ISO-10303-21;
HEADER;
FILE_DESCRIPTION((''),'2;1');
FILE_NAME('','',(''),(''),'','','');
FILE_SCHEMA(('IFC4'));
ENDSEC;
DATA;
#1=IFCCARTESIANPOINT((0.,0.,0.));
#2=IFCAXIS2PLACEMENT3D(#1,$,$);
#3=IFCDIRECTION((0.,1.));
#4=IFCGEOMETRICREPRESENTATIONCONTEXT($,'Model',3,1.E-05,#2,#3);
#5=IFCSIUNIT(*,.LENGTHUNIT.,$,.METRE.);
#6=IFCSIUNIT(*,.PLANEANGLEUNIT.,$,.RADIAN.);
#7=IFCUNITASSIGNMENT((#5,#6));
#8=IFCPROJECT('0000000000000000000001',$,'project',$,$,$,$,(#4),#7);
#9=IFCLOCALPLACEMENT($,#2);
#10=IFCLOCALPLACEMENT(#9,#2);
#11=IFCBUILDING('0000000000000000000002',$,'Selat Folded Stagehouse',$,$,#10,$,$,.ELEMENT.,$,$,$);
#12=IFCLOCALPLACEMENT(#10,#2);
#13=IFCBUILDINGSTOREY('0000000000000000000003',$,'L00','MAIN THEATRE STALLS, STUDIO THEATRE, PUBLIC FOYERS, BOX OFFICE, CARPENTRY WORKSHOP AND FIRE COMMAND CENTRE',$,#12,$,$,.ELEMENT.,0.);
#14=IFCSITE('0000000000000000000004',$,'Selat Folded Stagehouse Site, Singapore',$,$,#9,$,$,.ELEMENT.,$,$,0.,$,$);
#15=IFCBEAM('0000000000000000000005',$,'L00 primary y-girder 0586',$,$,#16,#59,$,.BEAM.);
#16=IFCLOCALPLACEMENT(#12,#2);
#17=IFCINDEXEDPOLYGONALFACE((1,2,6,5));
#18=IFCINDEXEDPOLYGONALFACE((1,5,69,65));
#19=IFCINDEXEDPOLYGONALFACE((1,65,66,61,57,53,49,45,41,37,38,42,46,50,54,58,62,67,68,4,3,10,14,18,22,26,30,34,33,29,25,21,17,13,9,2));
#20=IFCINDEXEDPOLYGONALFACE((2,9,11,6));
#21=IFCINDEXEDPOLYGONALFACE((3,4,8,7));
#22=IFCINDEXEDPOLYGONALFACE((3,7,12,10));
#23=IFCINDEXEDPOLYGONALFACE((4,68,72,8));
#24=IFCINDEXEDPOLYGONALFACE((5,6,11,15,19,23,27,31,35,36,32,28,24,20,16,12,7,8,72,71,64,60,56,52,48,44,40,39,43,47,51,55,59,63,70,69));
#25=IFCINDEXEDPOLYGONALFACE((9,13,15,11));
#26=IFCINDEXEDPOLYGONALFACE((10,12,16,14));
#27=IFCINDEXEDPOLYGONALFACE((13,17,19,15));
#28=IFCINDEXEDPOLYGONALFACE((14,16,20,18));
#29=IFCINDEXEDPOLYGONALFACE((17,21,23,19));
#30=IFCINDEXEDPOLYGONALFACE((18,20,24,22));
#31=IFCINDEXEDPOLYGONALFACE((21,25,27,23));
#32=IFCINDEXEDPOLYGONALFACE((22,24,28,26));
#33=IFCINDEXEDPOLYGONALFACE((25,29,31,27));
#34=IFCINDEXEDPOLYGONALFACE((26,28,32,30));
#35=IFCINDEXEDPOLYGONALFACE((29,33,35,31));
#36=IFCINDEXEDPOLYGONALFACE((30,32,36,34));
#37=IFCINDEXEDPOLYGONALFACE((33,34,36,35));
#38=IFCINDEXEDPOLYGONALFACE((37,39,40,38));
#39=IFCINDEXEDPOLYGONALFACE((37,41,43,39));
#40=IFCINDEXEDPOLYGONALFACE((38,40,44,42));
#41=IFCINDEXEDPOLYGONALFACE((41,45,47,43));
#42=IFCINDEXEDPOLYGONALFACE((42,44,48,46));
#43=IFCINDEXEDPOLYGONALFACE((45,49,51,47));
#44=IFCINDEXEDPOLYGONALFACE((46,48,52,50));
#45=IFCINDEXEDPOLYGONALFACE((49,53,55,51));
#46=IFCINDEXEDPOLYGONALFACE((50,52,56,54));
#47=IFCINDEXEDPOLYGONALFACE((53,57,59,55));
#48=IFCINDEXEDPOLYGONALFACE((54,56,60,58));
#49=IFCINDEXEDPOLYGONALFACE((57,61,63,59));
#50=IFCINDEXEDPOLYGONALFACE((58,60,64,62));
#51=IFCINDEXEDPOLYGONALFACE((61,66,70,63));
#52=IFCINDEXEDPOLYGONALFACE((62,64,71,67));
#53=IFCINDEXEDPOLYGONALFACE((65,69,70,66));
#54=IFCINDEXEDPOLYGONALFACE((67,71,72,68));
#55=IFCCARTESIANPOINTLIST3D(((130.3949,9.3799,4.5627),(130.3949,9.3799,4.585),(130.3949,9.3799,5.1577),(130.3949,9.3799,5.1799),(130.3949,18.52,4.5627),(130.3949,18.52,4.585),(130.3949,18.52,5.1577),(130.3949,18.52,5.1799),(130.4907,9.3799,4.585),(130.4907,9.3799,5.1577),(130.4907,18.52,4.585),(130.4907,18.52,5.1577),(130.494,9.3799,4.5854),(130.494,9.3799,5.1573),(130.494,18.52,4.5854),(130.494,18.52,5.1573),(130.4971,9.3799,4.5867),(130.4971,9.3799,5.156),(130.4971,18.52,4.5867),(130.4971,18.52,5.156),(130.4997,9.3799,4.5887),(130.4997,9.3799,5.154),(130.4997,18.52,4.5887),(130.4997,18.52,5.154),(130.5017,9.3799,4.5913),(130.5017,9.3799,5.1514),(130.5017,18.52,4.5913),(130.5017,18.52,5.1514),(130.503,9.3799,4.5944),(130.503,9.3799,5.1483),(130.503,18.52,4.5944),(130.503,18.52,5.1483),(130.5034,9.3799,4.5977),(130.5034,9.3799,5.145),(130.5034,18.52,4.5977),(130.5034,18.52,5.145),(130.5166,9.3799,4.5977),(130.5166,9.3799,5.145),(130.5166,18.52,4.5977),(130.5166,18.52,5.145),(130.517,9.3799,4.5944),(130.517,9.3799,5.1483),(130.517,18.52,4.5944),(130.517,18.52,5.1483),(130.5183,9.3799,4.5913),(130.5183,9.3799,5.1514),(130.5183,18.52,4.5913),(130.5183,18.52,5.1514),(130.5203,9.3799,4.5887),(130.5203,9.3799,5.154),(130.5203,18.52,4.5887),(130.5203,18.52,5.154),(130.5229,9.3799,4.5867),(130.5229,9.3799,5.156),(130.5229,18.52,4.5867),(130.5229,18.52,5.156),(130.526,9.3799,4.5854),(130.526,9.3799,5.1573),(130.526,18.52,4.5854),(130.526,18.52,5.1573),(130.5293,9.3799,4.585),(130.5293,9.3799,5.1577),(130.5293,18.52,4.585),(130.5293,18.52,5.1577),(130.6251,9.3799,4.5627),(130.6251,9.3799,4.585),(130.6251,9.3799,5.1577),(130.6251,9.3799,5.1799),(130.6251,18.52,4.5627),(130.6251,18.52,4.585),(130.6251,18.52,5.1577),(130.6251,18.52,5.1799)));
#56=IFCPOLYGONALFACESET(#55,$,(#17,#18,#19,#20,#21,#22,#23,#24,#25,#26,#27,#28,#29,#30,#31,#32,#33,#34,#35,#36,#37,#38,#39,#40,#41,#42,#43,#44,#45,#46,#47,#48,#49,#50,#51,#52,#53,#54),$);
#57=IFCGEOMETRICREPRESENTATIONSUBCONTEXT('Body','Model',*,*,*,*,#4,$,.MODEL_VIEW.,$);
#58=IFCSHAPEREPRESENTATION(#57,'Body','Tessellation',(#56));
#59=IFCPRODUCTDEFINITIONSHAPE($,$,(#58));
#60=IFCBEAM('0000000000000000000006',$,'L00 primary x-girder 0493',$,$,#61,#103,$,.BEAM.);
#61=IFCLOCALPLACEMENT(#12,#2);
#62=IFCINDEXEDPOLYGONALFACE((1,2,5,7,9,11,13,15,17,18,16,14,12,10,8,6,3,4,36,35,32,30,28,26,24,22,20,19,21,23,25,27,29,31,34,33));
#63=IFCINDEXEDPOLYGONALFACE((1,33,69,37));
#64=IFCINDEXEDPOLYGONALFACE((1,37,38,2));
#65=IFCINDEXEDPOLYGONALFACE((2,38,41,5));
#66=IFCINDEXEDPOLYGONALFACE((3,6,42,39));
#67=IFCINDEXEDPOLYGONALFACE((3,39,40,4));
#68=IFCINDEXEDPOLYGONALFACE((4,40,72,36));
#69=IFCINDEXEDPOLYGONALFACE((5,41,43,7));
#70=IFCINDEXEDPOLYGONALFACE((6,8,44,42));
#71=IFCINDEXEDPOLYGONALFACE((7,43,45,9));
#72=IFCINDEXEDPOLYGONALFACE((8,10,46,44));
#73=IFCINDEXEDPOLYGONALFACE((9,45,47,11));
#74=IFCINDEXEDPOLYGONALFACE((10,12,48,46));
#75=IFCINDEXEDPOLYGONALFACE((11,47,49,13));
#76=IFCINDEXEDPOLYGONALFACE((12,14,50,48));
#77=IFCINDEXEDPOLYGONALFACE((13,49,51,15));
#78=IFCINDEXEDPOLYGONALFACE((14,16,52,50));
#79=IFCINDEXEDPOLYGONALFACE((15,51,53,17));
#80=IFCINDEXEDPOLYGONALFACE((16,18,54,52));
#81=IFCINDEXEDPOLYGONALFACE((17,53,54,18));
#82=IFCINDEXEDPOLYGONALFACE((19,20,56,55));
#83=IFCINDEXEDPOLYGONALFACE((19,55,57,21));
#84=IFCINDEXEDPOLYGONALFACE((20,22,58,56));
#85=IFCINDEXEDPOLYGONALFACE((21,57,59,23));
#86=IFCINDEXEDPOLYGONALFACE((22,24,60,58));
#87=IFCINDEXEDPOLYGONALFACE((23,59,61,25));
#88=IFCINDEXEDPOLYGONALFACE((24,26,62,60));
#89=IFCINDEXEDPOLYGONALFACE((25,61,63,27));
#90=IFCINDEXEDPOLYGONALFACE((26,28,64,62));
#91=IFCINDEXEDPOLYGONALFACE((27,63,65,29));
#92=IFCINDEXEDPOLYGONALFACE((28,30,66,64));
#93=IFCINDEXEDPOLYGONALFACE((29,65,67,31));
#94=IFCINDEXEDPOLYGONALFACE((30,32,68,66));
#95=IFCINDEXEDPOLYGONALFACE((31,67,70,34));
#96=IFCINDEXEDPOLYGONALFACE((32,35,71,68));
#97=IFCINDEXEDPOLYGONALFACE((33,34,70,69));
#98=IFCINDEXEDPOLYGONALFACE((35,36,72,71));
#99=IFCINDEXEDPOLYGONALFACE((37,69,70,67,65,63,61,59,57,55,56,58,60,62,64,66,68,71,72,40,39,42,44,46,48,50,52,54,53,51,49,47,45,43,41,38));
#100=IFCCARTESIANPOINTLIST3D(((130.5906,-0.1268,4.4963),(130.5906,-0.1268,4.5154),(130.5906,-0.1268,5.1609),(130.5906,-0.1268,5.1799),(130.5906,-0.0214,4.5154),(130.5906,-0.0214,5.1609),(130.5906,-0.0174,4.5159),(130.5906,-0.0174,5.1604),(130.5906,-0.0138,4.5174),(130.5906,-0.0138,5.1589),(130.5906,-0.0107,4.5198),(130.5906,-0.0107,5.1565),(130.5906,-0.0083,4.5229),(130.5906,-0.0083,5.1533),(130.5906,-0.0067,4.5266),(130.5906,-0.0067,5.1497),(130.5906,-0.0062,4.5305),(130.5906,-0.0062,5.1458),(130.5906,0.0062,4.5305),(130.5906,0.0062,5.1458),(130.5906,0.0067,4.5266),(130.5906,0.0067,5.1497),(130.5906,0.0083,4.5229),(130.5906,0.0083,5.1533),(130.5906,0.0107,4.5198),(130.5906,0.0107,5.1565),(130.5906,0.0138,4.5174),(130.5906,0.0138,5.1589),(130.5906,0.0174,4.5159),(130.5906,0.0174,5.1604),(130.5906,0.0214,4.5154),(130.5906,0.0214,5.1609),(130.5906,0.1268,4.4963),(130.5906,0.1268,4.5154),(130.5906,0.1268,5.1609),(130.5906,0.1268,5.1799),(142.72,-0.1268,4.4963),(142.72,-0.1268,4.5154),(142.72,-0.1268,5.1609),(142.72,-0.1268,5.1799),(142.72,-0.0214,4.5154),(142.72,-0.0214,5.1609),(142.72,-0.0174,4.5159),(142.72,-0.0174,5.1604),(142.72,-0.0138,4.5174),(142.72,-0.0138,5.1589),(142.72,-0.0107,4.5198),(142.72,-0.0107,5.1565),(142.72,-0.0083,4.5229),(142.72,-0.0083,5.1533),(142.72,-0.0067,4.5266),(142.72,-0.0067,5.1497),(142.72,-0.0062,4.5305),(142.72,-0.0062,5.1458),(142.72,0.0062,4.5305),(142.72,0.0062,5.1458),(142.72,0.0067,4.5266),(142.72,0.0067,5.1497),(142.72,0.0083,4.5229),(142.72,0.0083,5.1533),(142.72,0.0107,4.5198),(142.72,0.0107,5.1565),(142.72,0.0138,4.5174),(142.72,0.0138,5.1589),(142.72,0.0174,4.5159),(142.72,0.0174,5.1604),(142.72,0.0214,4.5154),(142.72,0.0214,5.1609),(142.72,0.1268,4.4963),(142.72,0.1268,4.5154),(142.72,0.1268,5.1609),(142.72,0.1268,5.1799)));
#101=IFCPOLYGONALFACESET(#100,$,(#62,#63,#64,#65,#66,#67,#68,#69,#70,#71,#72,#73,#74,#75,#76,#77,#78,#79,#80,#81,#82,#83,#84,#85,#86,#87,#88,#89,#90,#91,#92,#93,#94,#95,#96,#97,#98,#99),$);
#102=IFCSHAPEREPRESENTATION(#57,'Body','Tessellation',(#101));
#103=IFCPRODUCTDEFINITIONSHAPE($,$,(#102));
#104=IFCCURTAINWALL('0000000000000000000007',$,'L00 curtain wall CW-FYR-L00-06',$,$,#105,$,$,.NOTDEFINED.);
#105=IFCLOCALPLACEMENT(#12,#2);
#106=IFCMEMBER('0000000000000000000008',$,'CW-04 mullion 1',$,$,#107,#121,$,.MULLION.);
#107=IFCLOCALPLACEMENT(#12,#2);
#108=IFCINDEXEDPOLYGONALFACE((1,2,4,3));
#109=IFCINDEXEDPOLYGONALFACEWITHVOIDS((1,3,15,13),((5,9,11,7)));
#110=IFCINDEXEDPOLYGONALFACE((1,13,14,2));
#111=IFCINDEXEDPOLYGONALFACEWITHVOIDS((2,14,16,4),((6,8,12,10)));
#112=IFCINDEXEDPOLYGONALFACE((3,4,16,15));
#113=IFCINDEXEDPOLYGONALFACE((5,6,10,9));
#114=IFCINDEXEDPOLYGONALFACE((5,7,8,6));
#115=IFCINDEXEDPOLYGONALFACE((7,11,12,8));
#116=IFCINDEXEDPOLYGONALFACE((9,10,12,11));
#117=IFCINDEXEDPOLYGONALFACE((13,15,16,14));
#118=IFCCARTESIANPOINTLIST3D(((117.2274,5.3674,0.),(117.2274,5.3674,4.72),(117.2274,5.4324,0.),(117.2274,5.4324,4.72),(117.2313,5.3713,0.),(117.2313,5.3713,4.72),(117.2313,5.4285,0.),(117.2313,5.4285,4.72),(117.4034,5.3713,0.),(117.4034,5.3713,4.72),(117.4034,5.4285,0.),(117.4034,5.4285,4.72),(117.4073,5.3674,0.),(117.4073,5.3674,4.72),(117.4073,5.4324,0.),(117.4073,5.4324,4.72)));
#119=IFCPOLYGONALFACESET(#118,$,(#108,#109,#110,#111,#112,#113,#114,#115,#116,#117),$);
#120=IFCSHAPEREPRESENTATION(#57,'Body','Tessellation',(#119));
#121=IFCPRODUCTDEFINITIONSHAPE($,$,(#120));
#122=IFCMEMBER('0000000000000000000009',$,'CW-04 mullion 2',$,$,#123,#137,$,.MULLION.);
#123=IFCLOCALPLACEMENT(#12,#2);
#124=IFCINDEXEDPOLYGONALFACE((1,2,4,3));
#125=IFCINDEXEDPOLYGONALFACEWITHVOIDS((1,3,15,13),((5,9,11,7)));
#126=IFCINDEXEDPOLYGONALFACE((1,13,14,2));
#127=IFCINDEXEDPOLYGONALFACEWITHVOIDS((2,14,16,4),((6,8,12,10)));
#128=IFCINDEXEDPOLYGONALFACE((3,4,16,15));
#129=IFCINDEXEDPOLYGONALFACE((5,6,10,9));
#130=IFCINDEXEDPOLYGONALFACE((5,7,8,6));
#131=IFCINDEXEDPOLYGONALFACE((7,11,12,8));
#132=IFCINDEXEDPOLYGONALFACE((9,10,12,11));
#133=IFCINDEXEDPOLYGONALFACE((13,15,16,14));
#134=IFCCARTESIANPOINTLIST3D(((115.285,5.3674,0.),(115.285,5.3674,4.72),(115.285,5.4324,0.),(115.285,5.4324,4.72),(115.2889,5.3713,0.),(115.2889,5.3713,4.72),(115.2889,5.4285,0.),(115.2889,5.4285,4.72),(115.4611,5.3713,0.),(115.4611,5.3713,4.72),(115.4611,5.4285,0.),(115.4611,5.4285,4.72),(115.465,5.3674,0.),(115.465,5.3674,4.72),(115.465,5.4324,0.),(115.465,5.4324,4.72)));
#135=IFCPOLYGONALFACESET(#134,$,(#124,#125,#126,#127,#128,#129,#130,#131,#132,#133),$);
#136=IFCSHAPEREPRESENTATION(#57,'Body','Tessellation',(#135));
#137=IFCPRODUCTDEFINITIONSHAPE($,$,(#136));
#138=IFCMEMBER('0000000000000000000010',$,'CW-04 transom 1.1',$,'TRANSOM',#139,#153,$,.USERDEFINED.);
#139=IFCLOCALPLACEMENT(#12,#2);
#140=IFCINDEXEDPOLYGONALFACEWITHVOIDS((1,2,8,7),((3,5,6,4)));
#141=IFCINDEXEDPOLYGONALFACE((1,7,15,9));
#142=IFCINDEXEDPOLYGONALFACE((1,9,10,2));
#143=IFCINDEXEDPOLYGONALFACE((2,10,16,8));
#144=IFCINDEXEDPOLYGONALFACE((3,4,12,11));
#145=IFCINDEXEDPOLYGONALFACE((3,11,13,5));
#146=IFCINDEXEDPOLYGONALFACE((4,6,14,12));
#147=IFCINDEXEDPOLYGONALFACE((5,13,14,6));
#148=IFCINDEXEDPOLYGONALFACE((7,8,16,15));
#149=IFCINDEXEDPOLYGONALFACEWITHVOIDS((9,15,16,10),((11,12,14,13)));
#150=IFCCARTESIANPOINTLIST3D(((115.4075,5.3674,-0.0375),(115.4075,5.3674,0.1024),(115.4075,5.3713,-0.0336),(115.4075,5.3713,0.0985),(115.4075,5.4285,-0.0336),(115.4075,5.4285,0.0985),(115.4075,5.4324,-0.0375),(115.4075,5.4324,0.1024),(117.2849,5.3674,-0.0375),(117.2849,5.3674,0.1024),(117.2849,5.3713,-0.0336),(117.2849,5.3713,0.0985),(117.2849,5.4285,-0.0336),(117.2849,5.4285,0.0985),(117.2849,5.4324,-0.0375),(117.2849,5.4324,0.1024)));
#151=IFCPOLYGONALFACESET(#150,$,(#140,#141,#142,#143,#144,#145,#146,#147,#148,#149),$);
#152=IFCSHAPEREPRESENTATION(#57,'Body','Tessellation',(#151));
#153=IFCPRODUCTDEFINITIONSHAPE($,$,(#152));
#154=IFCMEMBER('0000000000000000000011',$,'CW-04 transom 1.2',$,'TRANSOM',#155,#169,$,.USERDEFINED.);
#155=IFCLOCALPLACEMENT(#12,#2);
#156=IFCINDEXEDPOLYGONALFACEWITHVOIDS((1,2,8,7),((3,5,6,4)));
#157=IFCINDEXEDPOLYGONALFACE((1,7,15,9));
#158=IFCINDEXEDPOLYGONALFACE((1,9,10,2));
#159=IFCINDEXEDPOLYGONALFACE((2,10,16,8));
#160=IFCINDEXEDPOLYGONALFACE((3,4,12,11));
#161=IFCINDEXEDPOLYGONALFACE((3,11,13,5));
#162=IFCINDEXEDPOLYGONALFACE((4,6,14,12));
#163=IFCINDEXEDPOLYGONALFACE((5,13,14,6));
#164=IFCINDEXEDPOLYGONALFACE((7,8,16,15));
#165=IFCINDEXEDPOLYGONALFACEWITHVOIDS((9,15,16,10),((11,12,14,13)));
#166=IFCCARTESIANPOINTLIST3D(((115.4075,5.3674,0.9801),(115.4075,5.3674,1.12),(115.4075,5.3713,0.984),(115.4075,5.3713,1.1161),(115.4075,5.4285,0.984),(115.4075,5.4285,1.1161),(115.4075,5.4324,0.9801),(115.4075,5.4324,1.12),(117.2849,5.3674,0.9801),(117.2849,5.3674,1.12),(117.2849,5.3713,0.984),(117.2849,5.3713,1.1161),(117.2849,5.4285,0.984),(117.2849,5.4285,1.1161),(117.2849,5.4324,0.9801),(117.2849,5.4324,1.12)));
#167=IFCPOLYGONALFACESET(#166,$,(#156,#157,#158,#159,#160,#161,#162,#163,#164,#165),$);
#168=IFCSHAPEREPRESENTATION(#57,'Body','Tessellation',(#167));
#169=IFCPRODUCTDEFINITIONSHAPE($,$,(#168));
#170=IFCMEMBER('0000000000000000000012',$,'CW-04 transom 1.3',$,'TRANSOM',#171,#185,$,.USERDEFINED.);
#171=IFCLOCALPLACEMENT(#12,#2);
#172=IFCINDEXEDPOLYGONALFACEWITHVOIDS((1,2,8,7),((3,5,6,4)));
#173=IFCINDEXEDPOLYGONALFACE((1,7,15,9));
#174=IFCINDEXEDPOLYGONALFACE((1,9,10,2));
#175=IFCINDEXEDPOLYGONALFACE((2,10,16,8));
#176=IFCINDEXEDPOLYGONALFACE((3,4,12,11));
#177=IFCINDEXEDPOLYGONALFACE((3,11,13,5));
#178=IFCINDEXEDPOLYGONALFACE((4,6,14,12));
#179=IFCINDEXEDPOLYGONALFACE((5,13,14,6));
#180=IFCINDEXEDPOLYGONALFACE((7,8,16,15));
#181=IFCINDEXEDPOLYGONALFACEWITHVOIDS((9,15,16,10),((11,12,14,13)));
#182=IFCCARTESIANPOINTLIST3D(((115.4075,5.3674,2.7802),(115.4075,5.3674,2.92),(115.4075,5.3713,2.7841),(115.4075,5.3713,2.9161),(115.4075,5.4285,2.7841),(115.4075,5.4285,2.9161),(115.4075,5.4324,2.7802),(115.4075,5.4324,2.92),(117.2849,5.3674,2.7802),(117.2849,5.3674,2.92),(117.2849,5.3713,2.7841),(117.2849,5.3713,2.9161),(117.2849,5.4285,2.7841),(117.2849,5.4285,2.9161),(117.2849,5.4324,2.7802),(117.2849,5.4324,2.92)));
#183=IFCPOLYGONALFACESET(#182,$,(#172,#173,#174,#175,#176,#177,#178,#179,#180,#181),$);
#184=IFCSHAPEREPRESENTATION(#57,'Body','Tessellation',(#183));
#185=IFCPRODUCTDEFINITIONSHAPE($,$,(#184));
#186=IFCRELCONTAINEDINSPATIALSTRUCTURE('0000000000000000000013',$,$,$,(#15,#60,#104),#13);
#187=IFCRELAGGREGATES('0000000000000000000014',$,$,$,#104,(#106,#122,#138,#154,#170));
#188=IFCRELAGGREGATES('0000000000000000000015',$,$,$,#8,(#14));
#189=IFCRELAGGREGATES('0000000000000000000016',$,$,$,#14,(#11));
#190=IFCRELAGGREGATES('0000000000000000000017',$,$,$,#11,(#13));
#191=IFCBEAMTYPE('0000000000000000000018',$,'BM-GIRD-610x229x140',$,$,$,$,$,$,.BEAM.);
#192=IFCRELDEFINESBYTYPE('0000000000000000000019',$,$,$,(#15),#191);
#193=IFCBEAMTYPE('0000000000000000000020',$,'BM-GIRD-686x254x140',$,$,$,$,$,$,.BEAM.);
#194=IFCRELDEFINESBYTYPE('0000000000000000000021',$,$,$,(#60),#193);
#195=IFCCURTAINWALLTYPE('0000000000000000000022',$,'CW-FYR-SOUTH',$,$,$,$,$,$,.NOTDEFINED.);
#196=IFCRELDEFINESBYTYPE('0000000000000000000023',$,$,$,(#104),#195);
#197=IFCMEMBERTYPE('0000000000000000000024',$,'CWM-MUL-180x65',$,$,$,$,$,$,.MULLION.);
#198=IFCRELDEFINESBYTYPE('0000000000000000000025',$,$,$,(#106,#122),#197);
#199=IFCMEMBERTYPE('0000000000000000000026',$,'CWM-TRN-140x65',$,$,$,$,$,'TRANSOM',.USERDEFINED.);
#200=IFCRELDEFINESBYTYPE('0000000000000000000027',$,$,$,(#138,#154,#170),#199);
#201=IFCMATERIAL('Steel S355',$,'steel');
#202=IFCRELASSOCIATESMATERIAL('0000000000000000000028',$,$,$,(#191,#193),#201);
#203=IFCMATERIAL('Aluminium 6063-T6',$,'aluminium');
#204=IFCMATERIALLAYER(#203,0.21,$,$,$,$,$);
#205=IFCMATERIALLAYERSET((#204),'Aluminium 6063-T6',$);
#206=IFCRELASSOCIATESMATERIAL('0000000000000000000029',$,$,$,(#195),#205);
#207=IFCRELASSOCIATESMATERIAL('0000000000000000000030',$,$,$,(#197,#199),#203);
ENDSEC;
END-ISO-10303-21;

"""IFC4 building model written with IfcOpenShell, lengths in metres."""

from ifc_helpers import new_model, si_unit, direction, frame, origin, origin_2d, place, context, subcontext, project, spatial, hollow_rectangle, i_section, extrude, material, layer, layer_set, material_profile, profile_set, type_object, element, aggregate, save


model = new_model("IFC4")

# Units and contexts
model_context = context("Model", 3, precision=1e-05, world=origin(), true_north=direction((0.0, 1.0)))
body_context = subcontext(model_context, "Body", "Model", "MODEL_VIEW")
ifc_project = project(units=[si_unit("LENGTHUNIT", "METRE"), si_unit("PLANEANGLEUNIT", "RADIAN")], contexts=[model_context])

# Site, building, storey
site_placement = place(None, origin())
site = spatial("IfcSite", under=ifc_project, at=site_placement, Name="Selat Folded Stagehouse Site, Singapore", CompositionType="ELEMENT", RefElevation=0.0)
building_placement = place(site_placement, origin())
building = spatial("IfcBuilding", under=site, at=building_placement, Name="Selat Folded Stagehouse", CompositionType="ELEMENT")
storey_placement = place(building_placement, origin())
storey = spatial("IfcBuildingStorey", under=building, at=storey_placement, Name="L00", Description="MAIN THEATRE STALLS, STUDIO THEATRE, PUBLIC FOYERS, BOX OFFICE, CARPENTRY WORKSHOP AND FIRE COMMAND CENTRE", CompositionType="ELEMENT", Elevation=0.0)

# Shared definitions
ifc_material_1 = material(Name="Steel S355", Category="steel")

# Beams
ifc_material_profile_1 = material_profile(ifc_material_1, i_section(OverallWidth=0.2302, OverallDepth=0.6172, WebThickness=0.0132, FlangeThickness=0.0222, FilletRadius=0.0127, at=origin_2d()), Name="UKB 610x229x140")
ifc_profile_set_1 = profile_set([ifc_material_profile_1], Name="Steel S355")
beam_type_1 = type_object("IfcBeamType", Name="BM-GIRD-610x229x140", PredefinedType="BEAM", material=ifc_profile_set_1)
beam_1_placement = place(storey_placement, frame((130.51, 9.3799, 4.8713), z_axis=(0.0, 1.0, 0.0), x_axis=(-1.0, 0.0, 0.0)))
element("IfcBeam", 1, at=beam_1_placement, inside=storey, type_object=beam_type_1, Name="L00 primary y-girder 0586", PredefinedType="BEAM", context=body_context, shape_type="SweptSolid", body=[
    extrude(i_section(OverallWidth=0.2302, OverallDepth=0.6172, WebThickness=0.0132, FlangeThickness=0.0222, FilletRadius=0.0127, at=origin_2d()), origin(), (0.0, 0.0, 1.0), 9.1401),
])
ifc_material_profile_2 = material_profile(ifc_material_1, i_section(OverallWidth=0.2537, OverallDepth=0.6836, WebThickness=0.0125, FlangeThickness=0.019, FilletRadius=0.0151, at=origin_2d()), Name="UKB 686x254x140")
ifc_profile_set_2 = profile_set([ifc_material_profile_2], Name="Steel S355")
beam_type_2 = type_object("IfcBeamType", Name="BM-GIRD-686x254x140", PredefinedType="BEAM", material=ifc_profile_set_2)
beam_2_placement = place(storey_placement, frame((130.5906, 0.0, 4.8381), z_axis=(1.0, 0.0, 0.0), x_axis=(0.0, 1.0, 0.0)))
element("IfcBeam", 2, at=beam_2_placement, inside=storey, type_object=beam_type_2, Name="L00 primary x-girder 0493", PredefinedType="BEAM", context=body_context, shape_type="SweptSolid", body=[
    extrude(i_section(OverallWidth=0.2537, OverallDepth=0.6836, WebThickness=0.0125, FlangeThickness=0.019, FilletRadius=0.0151, at=origin_2d()), origin(), (0.0, 0.0, 1.0), 12.1294),
])

# Curtain wall, members
ifc_material_2 = material(Name="Aluminium 6063-T6", Category="aluminium")
ifc_layer_1 = layer(ifc_material_2, 0.21)
ifc_layer_set_1 = layer_set([ifc_layer_1], Name="Aluminium 6063-T6")
curtain_wall_type = type_object("IfcCurtainWallType", Name="CW-FYR-SOUTH", PredefinedType="NOTDEFINED", material=ifc_layer_set_1)
curtain_wall_placement = place(storey_placement, origin())
curtain_wall = element("IfcCurtainWall", 3, at=curtain_wall_placement, inside=storey, type_object=curtain_wall_type, Name="L00 curtain wall CW-FYR-L00-06", PredefinedType="NOTDEFINED")
ifc_material_profile_3 = material_profile(ifc_material_2, hollow_rectangle(XDim=0.0649, YDim=0.1799, WallThickness=0.0039, at=origin_2d()), Name="ALU 180x65x4.0")
ifc_profile_set_3 = profile_set([ifc_material_profile_3], Name="Aluminium 6063-T6")
member_type_1 = type_object("IfcMemberType", Name="CWM-MUL-180x65", PredefinedType="MULLION", material=ifc_profile_set_3)
member_1_placement = place(storey_placement, frame((117.3174, 5.3999, 0.0), z_axis=(0.0, 0.0, 1.0), x_axis=(0.0, -1.0, 0.0)))
member_1 = element("IfcMember", 4, at=member_1_placement, type_object=member_type_1, Name="CW-04 mullion 1", PredefinedType="MULLION", context=body_context, shape_type="SweptSolid", body=[
    extrude(hollow_rectangle(XDim=0.0649, YDim=0.1799, WallThickness=0.0039, at=origin_2d()), origin(), (0.0, 0.0, 1.0), 4.72),
])
member_2_placement = place(storey_placement, frame((115.375, 5.3999, 0.0), z_axis=(0.0, 0.0, 1.0), x_axis=(0.0, -1.0, 0.0)))
member_2 = element("IfcMember", 5, at=member_2_placement, type_object=member_type_1, Name="CW-04 mullion 2", PredefinedType="MULLION", context=body_context, shape_type="SweptSolid", body=[
    extrude(hollow_rectangle(XDim=0.0649, YDim=0.1799, WallThickness=0.0039, at=origin_2d()), origin(), (0.0, 0.0, 1.0), 4.72),
])
ifc_material_profile_4 = material_profile(ifc_material_2, hollow_rectangle(XDim=0.0649, YDim=0.1399, WallThickness=0.0039, at=origin_2d()), Name="ALU 140x65x4.0")
ifc_profile_set_4 = profile_set([ifc_material_profile_4], Name="Aluminium 6063-T6")
member_type_2 = type_object("IfcMemberType", Name="CWM-TRN-140x65", ElementType="TRANSOM", PredefinedType="USERDEFINED", material=ifc_profile_set_4)
member_3_placement = place(storey_placement, frame((117.2849, 5.3999, 0.0325), z_axis=(-1.0, 0.0, 0.0), x_axis=(0.0, -1.0, 0.0)))
member_3 = element("IfcMember", 6, at=member_3_placement, type_object=member_type_2, Name="CW-04 transom 1.1", ObjectType="TRANSOM", PredefinedType="USERDEFINED", context=body_context, shape_type="SweptSolid", body=[
    extrude(hollow_rectangle(XDim=0.0649, YDim=0.1399, WallThickness=0.0039, at=origin_2d()), origin(), (0.0, 0.0, 1.0), 1.8774),
])
member_4_placement = place(storey_placement, frame((117.2849, 5.3999, 1.05), z_axis=(-1.0, 0.0, 0.0), x_axis=(0.0, -1.0, 0.0)))
member_4 = element("IfcMember", 7, at=member_4_placement, type_object=member_type_2, Name="CW-04 transom 1.2", ObjectType="TRANSOM", PredefinedType="USERDEFINED", context=body_context, shape_type="SweptSolid", body=[
    extrude(hollow_rectangle(XDim=0.0649, YDim=0.1399, WallThickness=0.0039, at=origin_2d()), origin(), (0.0, 0.0, 1.0), 1.8774),
])
member_5_placement = place(storey_placement, frame((117.2849, 5.3999, 2.8501), z_axis=(-1.0, 0.0, 0.0), x_axis=(0.0, -1.0, 0.0)))
member_5 = element("IfcMember", 8, at=member_5_placement, type_object=member_type_2, Name="CW-04 transom 1.3", ObjectType="TRANSOM", PredefinedType="USERDEFINED", context=body_context, shape_type="SweptSolid", body=[
    extrude(hollow_rectangle(XDim=0.0649, YDim=0.1399, WallThickness=0.0039, at=origin_2d()), origin(), (0.0, 0.0, 1.0), 1.8774),
])

aggregate(curtain_wall, [member_1, member_2, member_3, member_4, member_5])

save(model, "model.ifc")
